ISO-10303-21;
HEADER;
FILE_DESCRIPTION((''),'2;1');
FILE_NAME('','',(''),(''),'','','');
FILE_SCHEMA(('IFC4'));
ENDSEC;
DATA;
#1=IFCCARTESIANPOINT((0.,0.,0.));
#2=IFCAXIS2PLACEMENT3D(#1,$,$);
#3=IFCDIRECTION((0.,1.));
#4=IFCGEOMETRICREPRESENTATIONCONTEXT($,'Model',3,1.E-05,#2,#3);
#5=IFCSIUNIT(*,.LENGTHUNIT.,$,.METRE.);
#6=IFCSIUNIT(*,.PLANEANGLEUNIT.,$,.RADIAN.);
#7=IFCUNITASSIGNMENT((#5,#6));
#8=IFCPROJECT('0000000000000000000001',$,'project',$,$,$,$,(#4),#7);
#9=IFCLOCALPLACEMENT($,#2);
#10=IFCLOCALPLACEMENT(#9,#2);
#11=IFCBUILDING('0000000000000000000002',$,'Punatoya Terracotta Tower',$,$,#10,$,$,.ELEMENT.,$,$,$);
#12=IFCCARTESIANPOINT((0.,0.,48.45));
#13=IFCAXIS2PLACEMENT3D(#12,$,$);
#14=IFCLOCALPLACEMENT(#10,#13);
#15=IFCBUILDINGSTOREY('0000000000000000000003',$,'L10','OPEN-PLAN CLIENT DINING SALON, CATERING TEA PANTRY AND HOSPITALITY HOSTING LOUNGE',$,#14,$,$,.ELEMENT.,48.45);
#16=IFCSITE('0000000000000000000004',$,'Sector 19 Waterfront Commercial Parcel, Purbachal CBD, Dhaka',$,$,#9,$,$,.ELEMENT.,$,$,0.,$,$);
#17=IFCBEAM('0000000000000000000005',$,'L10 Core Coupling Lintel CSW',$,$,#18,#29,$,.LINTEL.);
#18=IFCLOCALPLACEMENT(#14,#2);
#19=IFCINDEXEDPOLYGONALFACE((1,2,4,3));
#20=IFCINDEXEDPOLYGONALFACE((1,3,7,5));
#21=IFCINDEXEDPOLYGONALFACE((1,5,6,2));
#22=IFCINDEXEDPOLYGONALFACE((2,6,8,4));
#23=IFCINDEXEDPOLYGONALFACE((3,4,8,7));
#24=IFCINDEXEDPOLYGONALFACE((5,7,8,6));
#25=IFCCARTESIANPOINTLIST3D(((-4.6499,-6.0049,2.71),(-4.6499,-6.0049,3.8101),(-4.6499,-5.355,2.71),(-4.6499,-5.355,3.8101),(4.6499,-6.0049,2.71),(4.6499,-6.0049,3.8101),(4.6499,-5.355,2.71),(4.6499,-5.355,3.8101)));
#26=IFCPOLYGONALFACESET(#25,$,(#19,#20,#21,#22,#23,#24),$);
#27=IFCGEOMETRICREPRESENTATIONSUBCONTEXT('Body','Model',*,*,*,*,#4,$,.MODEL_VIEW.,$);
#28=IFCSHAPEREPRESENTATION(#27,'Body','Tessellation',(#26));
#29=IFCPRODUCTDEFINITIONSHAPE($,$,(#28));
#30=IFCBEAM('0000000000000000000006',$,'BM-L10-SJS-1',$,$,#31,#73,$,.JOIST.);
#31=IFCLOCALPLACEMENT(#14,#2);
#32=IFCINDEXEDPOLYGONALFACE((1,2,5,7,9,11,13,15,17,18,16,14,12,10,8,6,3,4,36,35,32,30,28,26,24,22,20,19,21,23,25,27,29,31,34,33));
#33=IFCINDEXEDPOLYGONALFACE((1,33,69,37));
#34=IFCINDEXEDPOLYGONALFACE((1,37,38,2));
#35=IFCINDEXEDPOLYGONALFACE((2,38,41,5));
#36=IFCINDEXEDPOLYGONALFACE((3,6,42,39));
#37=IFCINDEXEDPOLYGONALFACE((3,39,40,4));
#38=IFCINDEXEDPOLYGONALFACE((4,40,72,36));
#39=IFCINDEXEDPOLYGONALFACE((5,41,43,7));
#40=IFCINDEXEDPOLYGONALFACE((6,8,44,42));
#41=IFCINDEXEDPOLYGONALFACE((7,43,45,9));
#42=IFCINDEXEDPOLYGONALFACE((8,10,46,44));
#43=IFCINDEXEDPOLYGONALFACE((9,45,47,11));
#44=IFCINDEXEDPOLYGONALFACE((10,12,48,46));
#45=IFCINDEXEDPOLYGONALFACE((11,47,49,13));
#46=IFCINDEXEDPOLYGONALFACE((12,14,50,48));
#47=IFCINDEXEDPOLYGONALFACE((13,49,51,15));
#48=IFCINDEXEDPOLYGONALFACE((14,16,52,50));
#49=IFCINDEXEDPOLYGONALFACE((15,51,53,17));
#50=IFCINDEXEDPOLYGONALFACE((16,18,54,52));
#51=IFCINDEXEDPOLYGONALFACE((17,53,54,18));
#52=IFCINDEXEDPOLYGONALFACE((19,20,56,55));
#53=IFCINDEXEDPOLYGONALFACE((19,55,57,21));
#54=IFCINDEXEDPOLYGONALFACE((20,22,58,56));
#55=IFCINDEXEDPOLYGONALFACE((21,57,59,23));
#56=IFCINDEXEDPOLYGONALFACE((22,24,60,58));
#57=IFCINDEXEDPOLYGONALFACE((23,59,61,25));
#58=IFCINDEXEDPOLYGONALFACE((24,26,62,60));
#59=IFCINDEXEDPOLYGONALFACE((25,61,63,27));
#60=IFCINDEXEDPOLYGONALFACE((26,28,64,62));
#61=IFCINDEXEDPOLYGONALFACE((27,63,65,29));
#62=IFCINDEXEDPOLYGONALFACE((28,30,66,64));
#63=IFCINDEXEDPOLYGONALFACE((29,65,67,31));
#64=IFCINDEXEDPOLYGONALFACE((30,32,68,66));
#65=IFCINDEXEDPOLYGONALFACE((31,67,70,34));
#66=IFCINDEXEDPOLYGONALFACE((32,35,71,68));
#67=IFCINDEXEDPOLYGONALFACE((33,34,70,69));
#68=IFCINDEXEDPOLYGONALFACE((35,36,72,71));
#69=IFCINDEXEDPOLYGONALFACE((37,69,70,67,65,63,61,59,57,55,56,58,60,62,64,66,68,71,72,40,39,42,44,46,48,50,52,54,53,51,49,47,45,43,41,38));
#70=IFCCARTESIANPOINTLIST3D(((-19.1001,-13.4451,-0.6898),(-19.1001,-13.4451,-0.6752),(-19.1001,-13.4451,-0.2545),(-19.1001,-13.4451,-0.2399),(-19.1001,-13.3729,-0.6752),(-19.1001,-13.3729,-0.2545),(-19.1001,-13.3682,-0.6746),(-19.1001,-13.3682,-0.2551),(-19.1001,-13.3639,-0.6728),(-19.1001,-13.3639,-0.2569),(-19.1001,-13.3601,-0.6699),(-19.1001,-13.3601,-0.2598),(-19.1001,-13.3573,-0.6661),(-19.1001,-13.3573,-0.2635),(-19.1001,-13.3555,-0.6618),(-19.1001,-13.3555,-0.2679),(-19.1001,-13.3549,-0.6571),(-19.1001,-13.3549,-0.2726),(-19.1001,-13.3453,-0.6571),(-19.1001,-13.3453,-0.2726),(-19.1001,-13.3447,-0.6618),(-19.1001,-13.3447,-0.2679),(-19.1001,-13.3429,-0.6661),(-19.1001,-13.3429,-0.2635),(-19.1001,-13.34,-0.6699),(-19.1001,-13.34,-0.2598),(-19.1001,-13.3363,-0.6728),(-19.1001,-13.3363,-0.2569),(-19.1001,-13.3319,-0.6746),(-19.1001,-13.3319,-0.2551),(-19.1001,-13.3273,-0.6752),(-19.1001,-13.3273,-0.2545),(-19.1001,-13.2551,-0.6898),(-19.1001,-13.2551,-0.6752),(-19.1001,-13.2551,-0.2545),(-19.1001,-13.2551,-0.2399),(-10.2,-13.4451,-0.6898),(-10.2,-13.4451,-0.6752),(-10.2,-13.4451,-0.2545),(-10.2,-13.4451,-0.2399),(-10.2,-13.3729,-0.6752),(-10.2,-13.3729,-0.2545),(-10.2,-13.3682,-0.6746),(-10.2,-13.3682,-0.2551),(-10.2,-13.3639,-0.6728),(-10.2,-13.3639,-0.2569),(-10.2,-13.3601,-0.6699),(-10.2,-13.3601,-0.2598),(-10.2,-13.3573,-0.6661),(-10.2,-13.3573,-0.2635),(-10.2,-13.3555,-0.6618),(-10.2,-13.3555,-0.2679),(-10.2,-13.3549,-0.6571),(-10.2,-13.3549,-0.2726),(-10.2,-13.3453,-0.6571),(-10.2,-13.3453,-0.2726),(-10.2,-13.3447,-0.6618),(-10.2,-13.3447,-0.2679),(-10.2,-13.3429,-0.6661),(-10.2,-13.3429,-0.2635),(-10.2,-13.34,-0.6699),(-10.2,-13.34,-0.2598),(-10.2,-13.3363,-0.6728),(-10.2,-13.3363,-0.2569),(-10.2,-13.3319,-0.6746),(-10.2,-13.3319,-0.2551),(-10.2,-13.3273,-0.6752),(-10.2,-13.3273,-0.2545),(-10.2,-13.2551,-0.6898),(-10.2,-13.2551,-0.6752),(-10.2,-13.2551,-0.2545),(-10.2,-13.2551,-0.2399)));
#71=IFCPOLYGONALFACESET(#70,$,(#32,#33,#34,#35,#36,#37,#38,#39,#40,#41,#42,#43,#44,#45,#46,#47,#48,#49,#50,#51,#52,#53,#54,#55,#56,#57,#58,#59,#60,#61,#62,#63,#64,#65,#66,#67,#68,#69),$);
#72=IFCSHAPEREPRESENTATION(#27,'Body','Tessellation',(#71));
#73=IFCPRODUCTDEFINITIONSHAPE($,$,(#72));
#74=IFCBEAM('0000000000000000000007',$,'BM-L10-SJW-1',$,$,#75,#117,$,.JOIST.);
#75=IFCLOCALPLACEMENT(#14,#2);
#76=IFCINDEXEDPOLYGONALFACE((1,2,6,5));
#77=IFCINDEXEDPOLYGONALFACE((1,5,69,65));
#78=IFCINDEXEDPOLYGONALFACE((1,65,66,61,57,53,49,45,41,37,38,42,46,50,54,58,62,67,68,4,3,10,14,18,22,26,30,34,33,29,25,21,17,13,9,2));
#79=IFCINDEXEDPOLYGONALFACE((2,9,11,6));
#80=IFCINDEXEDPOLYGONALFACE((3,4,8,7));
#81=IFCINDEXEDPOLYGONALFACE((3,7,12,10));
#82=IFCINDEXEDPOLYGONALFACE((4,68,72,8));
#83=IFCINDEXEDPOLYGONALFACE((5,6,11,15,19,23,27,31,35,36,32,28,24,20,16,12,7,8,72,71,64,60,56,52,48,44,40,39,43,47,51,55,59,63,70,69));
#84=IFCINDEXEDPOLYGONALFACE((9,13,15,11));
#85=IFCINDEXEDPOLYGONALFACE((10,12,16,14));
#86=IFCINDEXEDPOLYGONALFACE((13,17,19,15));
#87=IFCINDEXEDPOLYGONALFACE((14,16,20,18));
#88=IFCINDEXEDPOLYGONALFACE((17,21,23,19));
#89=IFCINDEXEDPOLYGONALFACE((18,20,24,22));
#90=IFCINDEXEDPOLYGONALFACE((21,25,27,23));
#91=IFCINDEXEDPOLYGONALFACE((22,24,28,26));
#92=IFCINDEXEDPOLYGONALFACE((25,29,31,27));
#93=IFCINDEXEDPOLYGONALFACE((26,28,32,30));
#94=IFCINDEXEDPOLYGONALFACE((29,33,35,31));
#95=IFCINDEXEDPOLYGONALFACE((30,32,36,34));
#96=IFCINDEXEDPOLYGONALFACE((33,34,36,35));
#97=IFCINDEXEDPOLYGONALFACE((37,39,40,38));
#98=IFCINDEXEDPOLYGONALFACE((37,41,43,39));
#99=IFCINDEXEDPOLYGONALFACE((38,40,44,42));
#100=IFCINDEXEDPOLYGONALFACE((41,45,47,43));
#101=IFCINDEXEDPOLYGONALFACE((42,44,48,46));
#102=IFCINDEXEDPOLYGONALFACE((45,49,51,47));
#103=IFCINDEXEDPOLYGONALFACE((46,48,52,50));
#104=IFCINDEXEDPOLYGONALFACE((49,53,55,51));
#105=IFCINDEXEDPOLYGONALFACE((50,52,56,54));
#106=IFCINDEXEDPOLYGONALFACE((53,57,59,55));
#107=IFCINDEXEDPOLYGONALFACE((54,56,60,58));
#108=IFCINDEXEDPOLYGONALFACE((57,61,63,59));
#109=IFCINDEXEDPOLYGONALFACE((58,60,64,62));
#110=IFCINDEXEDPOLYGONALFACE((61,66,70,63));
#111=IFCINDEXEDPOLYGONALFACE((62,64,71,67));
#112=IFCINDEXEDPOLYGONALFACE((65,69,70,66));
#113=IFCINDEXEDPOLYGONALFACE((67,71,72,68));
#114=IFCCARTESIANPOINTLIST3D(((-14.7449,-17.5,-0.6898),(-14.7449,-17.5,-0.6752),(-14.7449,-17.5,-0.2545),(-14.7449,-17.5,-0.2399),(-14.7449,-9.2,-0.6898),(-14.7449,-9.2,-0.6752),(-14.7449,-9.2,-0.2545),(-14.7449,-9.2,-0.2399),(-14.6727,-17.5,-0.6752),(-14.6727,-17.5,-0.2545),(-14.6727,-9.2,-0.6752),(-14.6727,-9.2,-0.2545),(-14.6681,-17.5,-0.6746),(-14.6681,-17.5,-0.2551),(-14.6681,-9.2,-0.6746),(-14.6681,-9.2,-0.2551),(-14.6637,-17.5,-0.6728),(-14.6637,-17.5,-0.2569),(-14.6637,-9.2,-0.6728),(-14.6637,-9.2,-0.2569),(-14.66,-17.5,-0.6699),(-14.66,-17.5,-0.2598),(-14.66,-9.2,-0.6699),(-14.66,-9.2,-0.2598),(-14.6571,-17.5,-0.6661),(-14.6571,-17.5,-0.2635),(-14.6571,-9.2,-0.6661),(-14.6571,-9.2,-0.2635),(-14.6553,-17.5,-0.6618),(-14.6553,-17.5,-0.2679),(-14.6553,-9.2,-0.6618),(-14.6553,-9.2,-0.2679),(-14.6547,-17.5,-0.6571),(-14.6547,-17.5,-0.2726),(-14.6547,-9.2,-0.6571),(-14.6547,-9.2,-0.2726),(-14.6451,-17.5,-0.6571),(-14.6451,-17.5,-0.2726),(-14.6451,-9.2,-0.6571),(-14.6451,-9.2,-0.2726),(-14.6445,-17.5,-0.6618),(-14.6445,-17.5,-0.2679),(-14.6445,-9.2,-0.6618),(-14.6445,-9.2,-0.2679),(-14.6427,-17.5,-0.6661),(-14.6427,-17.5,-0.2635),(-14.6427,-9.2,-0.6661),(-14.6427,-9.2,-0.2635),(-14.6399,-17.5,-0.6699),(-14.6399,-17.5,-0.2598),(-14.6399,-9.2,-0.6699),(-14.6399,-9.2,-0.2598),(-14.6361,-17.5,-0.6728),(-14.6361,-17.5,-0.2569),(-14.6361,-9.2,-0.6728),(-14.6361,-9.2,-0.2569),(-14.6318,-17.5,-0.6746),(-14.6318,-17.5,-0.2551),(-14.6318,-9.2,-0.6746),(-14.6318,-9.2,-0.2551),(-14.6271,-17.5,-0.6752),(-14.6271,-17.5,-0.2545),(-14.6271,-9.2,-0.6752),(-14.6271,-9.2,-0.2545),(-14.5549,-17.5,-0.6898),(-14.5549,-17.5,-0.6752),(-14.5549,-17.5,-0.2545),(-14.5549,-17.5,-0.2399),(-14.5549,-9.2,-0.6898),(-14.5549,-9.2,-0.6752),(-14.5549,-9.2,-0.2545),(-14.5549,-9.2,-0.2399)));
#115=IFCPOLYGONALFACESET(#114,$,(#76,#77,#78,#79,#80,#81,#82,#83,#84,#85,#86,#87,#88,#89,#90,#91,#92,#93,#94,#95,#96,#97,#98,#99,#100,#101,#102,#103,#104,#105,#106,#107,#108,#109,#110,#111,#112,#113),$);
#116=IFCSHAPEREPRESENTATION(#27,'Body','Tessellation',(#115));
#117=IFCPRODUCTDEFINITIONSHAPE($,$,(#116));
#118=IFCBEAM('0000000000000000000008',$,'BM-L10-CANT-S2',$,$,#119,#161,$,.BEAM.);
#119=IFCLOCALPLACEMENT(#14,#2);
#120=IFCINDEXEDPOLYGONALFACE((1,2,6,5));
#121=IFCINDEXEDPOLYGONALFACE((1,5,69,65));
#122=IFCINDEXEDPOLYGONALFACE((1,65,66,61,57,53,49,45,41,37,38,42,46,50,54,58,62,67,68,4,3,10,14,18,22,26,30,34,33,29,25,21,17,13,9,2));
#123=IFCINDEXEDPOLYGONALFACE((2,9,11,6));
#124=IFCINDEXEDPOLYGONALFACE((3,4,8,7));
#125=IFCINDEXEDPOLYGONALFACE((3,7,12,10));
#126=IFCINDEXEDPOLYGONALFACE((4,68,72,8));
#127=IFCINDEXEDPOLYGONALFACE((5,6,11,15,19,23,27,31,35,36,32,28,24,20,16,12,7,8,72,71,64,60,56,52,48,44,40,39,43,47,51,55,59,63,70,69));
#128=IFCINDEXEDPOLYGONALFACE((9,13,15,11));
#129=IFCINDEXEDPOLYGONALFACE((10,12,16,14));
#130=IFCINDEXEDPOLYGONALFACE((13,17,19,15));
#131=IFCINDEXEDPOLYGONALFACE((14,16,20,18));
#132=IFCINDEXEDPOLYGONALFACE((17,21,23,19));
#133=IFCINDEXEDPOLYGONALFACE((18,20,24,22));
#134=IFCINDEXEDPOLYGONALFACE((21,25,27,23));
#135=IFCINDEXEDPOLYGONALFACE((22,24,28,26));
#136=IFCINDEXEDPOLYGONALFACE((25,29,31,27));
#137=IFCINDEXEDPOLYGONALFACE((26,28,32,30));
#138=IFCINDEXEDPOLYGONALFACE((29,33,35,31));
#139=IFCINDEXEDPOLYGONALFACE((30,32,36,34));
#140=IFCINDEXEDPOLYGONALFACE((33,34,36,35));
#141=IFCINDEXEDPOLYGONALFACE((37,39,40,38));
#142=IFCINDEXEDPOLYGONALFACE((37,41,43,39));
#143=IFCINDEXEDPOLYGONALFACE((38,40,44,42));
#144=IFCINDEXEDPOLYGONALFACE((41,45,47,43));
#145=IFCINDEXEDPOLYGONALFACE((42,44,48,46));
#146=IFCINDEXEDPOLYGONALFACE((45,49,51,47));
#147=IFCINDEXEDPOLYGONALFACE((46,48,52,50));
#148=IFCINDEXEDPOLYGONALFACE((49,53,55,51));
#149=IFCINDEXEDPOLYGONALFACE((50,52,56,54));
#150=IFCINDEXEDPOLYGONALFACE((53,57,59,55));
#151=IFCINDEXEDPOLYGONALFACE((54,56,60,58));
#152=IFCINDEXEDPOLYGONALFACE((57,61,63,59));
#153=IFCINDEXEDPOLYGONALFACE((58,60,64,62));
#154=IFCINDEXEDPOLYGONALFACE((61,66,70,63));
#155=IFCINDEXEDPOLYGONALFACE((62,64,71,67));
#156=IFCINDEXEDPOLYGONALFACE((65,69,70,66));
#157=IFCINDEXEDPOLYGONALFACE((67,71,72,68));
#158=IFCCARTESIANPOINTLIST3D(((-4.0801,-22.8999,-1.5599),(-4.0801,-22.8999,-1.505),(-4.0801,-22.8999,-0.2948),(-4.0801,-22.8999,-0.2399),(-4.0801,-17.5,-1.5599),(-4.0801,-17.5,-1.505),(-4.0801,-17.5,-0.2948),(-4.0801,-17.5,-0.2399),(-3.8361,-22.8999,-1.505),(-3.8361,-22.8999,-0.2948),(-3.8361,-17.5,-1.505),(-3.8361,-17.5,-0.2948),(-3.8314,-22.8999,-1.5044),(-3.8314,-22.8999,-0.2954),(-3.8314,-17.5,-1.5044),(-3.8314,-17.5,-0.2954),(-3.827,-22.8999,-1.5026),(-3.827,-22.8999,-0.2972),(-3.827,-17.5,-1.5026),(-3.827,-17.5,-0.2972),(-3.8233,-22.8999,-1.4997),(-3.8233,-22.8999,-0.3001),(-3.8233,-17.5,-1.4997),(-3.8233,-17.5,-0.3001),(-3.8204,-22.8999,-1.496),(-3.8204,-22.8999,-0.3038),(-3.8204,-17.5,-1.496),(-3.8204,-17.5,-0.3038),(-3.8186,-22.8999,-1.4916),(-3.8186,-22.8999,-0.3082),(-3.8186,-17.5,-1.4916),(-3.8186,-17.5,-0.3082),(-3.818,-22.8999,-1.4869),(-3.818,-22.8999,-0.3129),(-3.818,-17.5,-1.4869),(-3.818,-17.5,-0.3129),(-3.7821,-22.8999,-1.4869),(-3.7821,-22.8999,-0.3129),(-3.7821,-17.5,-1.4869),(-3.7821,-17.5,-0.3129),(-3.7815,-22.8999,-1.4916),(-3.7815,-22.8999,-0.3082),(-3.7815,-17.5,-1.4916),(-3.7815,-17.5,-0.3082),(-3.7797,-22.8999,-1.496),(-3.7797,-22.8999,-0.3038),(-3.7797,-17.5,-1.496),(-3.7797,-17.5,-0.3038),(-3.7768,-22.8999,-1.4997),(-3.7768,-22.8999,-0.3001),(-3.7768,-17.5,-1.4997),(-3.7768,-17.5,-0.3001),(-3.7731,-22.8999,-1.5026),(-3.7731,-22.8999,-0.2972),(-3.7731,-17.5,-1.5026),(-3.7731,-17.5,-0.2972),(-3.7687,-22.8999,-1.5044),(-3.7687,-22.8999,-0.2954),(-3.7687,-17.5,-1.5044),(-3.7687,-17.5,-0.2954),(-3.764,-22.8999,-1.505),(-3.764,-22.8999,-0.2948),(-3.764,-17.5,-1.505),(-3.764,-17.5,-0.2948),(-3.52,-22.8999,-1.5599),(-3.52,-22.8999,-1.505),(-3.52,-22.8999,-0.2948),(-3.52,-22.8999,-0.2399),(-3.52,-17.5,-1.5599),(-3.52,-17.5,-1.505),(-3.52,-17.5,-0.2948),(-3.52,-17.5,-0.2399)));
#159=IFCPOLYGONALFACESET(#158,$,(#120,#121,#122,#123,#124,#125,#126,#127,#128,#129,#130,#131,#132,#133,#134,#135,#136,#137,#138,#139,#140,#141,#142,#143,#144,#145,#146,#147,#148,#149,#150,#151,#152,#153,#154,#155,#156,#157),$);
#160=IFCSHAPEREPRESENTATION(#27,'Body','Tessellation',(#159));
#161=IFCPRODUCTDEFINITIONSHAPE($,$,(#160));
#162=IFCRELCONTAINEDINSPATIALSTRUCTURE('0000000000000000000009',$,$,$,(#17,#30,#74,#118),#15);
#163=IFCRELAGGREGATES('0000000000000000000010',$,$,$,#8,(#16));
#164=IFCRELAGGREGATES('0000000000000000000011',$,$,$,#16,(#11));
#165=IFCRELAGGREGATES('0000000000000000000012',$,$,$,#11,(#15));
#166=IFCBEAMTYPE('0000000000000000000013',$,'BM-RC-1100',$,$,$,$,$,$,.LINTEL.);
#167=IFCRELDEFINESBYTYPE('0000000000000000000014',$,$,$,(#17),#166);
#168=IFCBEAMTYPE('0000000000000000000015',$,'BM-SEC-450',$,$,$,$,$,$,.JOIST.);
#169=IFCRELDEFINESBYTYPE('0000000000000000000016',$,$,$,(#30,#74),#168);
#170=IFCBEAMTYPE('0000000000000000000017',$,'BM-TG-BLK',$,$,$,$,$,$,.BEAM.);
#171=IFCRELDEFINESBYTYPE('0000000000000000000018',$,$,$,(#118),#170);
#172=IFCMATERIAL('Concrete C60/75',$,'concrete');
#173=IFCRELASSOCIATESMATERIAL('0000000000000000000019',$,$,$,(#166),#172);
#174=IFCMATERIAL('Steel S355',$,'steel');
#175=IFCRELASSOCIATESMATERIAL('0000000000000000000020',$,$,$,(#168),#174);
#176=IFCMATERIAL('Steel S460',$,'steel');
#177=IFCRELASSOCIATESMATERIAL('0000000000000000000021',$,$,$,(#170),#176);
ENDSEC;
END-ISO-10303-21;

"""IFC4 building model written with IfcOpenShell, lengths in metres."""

from ifc_helpers import new_model, si_unit, direction, frame, origin, origin_2d, place, context, subcontext, project, spatial, rectangle, i_section, extrude, material, material_profile, profile_set, type_object, element, save


model = new_model("IFC4")

# Units and contexts
model_context = context("Model", 3, precision=1e-05, world=origin(), true_north=direction((0.0, 1.0)))
body_context = subcontext(model_context, "Body", "Model", "MODEL_VIEW")
ifc_project = project(units=[si_unit("LENGTHUNIT", "METRE"), si_unit("PLANEANGLEUNIT", "RADIAN")], contexts=[model_context])

# Site, building, storey
site_placement = place(None, origin())
site = spatial("IfcSite", under=ifc_project, at=site_placement, Name="Sector 19 Waterfront Commercial Parcel, Purbachal CBD, Dhaka", CompositionType="ELEMENT", RefElevation=0.0)
building_placement = place(site_placement, origin())
building = spatial("IfcBuilding", under=site, at=building_placement, Name="Punatoya Terracotta Tower", CompositionType="ELEMENT")
storey_placement = place(building_placement, frame((0.0, 0.0, 48.45)))
storey = spatial("IfcBuildingStorey", under=building, at=storey_placement, Name="L10", Description="OPEN-PLAN CLIENT DINING SALON, CATERING TEA PANTRY AND HOSPITALITY HOSTING LOUNGE", CompositionType="ELEMENT", Elevation=48.45)

# Shared definitions
ifc_material_1 = material(Name="Steel S460", Category="steel")

# Beams
ifc_material_2 = material(Name="Steel S355", Category="steel")
ifc_material_3 = material(Name="Concrete C60/75", Category="concrete")
ifc_material_profile_1 = material_profile(ifc_material_3, rectangle(XDim=0.6499, YDim=1.1001, at=origin_2d()))
ifc_profile_set_1 = profile_set([ifc_material_profile_1], Name="Concrete C60/75")
beam_type_1 = type_object("IfcBeamType", Name="BM-RC-1100", PredefinedType="LINTEL", material=ifc_profile_set_1)
beam_1_placement = place(storey_placement, frame((-4.6499, -5.6799, 3.26), z_axis=(1.0, 0.0, 0.0), x_axis=(0.0, 1.0, 0.0)))
element("IfcBeam", 1, at=beam_1_placement, inside=storey, type_object=beam_type_1, Name="L10 Core Coupling Lintel CSW", PredefinedType="LINTEL", context=body_context, shape_type="SweptSolid", body=[
    extrude(rectangle(XDim=0.6499, YDim=1.1001, at=origin_2d()), origin(), (0.0, 0.0, 1.0), 9.2998),
])
ifc_material_profile_2 = material_profile(ifc_material_2, i_section(OverallWidth=0.1899, OverallDepth=0.45, WebThickness=0.0095, FlangeThickness=0.0146, FilletRadius=0.0181, at=origin_2d()))
ifc_profile_set_2 = profile_set([ifc_material_profile_2], Name="Steel S355")
beam_type_2 = type_object("IfcBeamType", Name="BM-SEC-450", PredefinedType="JOIST", material=ifc_profile_set_2)
beam_2_placement = place(storey_placement, frame((-19.1001, -13.3501, -0.4648), z_axis=(1.0, 0.0, 0.0), x_axis=(0.0, 1.0, 0.0)))
element("IfcBeam", 2, at=beam_2_placement, inside=storey, type_object=beam_type_2, Name="BM-L10-SJS-1", PredefinedType="JOIST", context=body_context, shape_type="SweptSolid", body=[
    extrude(i_section(OverallWidth=0.1899, OverallDepth=0.45, WebThickness=0.0095, FlangeThickness=0.0146, FilletRadius=0.0181, at=origin_2d()), origin(), (0.0, 0.0, 1.0), 8.9001),
])
beam_3_placement = place(storey_placement, frame((-14.6499, -17.5, -0.4648), z_axis=(0.0, 1.0, 0.0), x_axis=(-1.0, 0.0, 0.0)))
element("IfcBeam", 3, at=beam_3_placement, inside=storey, type_object=beam_type_2, Name="BM-L10-SJW-1", PredefinedType="JOIST", context=body_context, shape_type="SweptSolid", body=[
    extrude(i_section(OverallWidth=0.1899, OverallDepth=0.45, WebThickness=0.0095, FlangeThickness=0.0146, FilletRadius=0.0181, at=origin_2d()), origin(), (0.0, 0.0, 1.0), 8.3),
])
ifc_material_profile_3 = material_profile(ifc_material_1, i_section(OverallWidth=0.5601, OverallDepth=1.3201, WebThickness=0.0359, FlangeThickness=0.0549, FilletRadius=0.0181, at=origin_2d()))
ifc_profile_set_3 = profile_set([ifc_material_profile_3], Name="Steel S460")
beam_type_3 = type_object("IfcBeamType", Name="BM-TG-BLK", PredefinedType="BEAM", material=ifc_profile_set_3)
beam_4_placement = place(storey_placement, frame((-3.8, -22.8999, -0.8999), z_axis=(0.0, 1.0, 0.0), x_axis=(-1.0, 0.0, 0.0)))
element("IfcBeam", 4, at=beam_4_placement, inside=storey, type_object=beam_type_3, Name="BM-L10-CANT-S2", PredefinedType="BEAM", context=body_context, shape_type="SweptSolid", body=[
    extrude(i_section(OverallWidth=0.5601, OverallDepth=1.3201, WebThickness=0.0359, FlangeThickness=0.0549, FilletRadius=0.0181, at=origin_2d()), origin(), (0.0, 0.0, 1.0), 5.3999),
])

save(model, "model.ifc")
